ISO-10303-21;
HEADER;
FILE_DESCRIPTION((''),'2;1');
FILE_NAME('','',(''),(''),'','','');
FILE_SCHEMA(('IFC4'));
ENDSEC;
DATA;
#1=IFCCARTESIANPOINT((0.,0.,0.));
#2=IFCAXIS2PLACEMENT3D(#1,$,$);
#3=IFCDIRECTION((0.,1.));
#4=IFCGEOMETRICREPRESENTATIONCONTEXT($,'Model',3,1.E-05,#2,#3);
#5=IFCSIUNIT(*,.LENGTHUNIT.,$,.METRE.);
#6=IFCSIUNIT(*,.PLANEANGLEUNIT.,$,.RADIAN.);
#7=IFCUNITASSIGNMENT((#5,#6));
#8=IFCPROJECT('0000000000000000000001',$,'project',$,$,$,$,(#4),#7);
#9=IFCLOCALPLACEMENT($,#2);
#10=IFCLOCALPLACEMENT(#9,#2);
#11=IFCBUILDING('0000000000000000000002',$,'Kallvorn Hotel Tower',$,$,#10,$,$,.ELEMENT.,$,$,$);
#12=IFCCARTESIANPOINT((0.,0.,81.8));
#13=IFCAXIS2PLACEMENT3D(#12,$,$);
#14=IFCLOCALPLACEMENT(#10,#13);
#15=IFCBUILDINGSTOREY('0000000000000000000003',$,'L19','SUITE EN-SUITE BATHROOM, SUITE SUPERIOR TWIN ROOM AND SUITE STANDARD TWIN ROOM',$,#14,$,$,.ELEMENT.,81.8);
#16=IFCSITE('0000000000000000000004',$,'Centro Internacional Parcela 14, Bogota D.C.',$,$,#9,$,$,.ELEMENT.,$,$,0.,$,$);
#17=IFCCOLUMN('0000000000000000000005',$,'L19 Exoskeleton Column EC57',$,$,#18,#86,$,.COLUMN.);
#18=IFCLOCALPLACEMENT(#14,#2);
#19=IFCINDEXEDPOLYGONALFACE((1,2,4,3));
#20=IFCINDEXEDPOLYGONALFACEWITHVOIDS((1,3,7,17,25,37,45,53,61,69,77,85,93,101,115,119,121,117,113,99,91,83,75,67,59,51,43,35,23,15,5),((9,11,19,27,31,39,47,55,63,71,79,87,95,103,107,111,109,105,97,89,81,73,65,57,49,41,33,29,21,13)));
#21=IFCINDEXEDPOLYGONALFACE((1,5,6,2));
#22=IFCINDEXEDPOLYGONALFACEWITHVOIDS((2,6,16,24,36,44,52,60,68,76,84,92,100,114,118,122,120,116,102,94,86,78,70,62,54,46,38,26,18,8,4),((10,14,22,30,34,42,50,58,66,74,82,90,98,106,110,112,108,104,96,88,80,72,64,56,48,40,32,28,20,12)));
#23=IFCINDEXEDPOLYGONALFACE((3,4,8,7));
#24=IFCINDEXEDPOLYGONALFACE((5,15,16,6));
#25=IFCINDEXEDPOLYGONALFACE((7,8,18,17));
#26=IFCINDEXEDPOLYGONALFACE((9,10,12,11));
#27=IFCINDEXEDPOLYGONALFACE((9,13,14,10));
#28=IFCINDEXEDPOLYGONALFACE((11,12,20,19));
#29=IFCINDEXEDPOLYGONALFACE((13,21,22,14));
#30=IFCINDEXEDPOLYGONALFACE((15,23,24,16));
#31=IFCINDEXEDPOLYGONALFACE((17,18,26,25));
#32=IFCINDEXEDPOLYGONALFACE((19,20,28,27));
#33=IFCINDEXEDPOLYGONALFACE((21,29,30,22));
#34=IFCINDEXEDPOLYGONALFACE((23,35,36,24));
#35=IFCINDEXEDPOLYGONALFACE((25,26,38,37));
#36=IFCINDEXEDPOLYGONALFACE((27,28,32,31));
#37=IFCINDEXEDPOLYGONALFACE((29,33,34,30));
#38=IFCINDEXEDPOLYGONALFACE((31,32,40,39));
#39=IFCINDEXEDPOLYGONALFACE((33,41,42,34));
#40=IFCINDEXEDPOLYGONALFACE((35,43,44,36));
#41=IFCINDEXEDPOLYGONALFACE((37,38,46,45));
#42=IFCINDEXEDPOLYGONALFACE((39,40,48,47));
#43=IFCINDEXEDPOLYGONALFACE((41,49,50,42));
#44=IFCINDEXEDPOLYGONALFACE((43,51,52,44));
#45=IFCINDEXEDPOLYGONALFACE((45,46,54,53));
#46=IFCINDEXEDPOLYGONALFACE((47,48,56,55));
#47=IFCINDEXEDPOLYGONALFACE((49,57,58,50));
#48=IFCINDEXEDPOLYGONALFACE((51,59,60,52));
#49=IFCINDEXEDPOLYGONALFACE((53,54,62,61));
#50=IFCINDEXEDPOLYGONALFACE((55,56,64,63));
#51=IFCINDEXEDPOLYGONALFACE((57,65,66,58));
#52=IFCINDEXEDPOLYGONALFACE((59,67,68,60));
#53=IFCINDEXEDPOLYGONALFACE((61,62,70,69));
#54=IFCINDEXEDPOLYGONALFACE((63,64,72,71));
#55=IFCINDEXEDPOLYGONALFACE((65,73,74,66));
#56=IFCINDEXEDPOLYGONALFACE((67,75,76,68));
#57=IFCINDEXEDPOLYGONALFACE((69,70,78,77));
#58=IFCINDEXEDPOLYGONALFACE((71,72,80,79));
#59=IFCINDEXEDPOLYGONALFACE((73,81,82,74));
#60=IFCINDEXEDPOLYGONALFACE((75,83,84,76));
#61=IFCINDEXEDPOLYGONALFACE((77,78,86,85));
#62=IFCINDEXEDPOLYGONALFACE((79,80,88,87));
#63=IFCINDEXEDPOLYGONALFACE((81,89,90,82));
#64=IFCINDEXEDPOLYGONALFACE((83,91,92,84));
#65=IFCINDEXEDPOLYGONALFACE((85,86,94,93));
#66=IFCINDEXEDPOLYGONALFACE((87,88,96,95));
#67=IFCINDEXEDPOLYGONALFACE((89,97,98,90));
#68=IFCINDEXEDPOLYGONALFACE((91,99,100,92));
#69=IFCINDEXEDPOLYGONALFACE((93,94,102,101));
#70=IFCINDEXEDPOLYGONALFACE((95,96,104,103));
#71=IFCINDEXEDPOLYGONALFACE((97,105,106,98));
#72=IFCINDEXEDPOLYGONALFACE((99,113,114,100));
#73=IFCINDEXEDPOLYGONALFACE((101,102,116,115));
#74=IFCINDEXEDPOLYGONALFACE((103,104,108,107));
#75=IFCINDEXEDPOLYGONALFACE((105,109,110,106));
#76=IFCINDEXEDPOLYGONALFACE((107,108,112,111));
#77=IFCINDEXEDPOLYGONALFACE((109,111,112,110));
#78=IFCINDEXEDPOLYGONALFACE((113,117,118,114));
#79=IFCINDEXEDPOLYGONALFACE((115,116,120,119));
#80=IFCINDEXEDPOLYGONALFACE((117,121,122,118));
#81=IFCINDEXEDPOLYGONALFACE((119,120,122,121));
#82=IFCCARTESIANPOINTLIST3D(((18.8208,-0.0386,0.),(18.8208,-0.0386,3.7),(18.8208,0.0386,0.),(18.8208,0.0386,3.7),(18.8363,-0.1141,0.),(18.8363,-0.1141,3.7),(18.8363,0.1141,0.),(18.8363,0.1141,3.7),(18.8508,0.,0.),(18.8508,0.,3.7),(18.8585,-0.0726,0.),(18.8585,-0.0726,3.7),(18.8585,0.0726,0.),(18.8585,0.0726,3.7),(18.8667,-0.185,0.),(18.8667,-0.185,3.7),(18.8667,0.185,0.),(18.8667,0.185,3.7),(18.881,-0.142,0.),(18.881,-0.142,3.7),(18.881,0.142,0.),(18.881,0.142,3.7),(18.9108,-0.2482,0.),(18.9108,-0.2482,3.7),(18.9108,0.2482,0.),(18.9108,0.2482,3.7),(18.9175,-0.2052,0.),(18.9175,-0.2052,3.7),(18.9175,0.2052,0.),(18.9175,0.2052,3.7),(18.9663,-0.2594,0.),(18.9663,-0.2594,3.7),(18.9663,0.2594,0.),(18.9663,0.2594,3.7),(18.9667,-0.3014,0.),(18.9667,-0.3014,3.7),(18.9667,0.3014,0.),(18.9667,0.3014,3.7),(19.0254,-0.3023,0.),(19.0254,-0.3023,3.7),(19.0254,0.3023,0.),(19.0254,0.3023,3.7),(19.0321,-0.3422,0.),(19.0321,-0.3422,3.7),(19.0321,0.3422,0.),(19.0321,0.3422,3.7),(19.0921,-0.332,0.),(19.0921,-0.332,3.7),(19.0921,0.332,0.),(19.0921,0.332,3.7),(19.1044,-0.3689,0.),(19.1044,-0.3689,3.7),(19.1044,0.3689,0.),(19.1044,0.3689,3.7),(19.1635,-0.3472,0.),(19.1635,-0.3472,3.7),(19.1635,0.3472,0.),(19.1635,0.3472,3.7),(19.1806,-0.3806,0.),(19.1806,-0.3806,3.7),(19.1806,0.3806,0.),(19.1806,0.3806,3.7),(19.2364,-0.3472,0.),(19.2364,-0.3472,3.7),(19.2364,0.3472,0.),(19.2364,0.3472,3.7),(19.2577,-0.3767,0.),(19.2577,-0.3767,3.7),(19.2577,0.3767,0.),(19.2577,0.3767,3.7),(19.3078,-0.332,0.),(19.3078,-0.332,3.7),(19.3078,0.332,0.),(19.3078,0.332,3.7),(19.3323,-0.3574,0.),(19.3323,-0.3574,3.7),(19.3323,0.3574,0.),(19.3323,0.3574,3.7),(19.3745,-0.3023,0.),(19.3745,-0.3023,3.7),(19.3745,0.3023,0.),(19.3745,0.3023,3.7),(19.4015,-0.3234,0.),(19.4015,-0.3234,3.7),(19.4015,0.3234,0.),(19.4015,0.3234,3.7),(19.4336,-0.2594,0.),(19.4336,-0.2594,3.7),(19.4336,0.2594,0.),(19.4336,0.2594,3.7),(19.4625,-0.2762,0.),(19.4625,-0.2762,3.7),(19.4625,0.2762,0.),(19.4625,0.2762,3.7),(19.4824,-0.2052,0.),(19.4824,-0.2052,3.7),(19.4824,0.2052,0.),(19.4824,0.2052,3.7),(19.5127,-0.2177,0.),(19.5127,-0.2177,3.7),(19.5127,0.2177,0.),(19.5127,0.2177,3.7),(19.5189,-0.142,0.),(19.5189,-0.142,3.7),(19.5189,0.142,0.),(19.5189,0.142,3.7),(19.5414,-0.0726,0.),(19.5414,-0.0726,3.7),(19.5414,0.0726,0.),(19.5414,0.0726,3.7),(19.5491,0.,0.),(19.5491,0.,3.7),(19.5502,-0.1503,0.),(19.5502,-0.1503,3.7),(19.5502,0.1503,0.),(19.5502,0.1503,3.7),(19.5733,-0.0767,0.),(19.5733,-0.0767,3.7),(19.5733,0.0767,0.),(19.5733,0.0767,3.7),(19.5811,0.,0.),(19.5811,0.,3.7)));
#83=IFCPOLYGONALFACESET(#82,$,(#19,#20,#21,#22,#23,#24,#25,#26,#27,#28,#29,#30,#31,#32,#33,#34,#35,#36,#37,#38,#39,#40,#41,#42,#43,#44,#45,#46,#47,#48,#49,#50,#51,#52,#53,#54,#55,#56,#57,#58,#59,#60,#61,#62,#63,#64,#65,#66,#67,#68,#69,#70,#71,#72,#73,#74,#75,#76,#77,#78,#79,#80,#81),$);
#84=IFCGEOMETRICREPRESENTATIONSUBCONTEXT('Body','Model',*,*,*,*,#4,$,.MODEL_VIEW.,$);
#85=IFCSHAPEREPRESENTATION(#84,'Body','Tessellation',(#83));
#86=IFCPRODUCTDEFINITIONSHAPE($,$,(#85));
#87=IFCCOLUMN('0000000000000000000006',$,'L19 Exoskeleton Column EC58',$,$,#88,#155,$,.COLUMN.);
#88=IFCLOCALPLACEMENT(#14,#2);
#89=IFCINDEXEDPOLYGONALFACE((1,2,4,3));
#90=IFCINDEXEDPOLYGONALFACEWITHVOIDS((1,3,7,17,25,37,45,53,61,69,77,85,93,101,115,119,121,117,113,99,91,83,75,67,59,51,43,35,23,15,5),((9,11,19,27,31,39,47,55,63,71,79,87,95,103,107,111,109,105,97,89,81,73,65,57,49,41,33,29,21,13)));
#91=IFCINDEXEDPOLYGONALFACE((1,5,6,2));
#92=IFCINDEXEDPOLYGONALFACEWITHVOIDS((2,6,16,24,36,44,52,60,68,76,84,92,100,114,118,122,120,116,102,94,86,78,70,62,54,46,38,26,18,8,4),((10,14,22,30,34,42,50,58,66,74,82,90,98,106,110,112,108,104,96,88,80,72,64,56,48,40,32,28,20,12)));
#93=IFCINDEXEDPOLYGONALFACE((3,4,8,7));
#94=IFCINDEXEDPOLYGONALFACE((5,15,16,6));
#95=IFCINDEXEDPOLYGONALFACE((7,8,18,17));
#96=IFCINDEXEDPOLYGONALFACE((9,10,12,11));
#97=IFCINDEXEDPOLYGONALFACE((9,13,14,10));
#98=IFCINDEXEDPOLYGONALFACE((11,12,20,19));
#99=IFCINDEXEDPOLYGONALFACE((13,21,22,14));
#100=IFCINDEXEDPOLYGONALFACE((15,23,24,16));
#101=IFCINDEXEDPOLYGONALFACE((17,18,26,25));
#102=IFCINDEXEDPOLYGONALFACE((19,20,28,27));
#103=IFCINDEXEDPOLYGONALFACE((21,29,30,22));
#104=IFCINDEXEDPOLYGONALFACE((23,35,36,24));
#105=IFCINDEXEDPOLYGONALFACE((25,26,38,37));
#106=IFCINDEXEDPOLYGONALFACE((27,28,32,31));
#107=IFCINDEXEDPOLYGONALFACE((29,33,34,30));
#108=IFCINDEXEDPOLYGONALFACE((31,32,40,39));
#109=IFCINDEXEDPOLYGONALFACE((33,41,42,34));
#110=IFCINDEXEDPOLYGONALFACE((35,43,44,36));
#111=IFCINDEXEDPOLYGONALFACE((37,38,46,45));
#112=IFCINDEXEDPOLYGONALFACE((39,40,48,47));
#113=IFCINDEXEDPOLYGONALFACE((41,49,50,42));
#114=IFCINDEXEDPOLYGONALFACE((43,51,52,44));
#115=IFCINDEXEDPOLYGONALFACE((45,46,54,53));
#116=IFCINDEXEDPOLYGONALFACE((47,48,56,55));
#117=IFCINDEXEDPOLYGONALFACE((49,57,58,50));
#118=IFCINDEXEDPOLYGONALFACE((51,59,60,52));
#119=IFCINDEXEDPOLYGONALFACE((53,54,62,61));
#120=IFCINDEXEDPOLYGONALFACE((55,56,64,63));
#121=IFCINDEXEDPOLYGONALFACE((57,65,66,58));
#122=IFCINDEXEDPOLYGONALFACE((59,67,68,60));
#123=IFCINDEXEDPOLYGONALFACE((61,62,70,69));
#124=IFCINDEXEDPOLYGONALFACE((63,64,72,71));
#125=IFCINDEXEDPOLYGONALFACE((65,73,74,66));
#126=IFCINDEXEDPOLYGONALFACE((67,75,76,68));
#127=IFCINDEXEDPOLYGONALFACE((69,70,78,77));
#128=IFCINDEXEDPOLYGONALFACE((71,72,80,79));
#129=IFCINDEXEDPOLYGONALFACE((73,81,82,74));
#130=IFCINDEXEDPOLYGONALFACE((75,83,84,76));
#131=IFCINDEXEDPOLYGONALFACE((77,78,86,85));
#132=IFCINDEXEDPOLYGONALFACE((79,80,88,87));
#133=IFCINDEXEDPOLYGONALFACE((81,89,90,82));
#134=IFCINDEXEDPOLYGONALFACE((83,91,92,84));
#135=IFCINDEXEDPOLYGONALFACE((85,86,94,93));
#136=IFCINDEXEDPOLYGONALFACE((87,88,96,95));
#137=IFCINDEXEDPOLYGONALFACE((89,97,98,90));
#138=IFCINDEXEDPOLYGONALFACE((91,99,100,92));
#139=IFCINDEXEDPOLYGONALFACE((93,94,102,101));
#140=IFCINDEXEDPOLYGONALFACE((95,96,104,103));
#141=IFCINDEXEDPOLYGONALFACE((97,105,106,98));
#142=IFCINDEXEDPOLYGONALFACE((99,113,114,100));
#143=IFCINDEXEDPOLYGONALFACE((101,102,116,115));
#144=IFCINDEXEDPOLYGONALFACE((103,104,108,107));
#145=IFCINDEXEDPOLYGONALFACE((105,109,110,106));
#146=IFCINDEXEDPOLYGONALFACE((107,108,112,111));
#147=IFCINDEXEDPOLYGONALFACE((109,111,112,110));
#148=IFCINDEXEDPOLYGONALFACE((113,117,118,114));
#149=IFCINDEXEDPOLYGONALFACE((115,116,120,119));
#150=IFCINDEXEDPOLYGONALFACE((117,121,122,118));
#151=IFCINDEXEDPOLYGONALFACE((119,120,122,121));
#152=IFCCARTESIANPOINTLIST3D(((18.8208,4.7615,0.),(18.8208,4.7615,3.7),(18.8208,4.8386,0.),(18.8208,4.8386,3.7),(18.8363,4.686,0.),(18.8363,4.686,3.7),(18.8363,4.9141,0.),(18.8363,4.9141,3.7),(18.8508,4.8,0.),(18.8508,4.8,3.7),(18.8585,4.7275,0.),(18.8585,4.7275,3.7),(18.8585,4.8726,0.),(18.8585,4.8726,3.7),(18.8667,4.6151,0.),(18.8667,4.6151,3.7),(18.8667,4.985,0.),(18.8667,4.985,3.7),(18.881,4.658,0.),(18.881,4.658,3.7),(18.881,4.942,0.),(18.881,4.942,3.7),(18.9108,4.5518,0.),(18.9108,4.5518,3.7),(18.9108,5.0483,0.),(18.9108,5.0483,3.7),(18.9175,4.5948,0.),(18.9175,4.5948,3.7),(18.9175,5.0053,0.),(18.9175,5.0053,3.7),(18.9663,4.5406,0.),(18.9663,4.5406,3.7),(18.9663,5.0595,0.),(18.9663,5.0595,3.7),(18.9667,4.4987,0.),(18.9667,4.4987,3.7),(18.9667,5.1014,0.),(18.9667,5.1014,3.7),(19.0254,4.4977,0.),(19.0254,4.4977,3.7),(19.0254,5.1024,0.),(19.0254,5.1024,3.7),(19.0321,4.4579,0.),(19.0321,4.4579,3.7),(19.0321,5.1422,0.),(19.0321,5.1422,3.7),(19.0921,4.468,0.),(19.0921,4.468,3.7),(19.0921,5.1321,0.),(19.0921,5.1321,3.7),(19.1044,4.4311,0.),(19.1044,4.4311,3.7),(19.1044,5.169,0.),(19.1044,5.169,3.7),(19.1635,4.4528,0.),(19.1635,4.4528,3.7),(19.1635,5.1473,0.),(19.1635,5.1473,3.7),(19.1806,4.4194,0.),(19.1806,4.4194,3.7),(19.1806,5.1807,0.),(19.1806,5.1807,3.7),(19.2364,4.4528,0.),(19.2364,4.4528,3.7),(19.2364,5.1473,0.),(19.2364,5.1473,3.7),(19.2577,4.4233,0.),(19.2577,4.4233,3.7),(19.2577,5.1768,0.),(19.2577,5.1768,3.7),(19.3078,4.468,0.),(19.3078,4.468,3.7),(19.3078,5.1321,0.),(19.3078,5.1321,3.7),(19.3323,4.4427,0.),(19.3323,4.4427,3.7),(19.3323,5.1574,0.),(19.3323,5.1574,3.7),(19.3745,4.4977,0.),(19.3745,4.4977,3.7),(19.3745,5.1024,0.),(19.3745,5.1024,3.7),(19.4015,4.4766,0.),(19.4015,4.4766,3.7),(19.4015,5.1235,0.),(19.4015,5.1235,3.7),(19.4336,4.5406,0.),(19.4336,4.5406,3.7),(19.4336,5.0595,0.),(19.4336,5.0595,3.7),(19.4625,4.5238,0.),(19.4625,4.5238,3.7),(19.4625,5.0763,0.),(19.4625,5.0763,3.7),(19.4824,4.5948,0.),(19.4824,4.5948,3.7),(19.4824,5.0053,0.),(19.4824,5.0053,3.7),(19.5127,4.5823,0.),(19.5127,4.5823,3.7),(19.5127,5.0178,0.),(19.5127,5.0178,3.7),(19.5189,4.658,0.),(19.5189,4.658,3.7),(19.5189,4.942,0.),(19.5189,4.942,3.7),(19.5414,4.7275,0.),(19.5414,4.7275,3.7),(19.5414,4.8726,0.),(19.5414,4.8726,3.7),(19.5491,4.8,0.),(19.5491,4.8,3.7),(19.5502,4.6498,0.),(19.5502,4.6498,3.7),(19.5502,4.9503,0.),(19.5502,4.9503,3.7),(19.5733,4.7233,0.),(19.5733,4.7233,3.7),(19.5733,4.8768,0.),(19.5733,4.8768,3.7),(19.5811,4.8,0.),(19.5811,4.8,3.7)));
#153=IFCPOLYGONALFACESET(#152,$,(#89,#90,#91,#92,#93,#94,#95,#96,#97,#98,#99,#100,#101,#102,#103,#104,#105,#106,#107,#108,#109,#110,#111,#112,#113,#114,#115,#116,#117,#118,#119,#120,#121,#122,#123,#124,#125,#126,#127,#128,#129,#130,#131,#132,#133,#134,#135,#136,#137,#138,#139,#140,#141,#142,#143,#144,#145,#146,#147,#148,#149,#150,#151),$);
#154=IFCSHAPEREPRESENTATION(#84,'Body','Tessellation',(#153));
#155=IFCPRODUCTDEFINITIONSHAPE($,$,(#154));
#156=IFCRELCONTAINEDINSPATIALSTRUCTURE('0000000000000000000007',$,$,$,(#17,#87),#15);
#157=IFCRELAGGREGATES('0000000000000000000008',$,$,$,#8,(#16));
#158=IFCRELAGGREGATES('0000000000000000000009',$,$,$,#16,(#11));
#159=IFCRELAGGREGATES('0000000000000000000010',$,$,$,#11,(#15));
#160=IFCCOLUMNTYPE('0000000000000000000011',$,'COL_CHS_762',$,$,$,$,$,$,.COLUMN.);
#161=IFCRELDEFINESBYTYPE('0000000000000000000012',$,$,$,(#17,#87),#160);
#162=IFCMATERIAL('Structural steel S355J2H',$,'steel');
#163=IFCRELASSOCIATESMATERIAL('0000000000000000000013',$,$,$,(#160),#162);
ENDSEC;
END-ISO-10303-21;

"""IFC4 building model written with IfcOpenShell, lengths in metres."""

from ifc_helpers import new_model, si_unit, direction, frame, origin, origin_2d, place, context, subcontext, project, spatial, hollow_circle, extrude, material, material_profile, profile_set, type_object, element, save


model = new_model("IFC4")

# Units and contexts
model_context = context("Model", 3, precision=1e-05, world=origin(), true_north=direction((0.0, 1.0)))
body_context = subcontext(model_context, "Body", "Model", "MODEL_VIEW")
ifc_project = project(units=[si_unit("LENGTHUNIT", "METRE"), si_unit("PLANEANGLEUNIT", "RADIAN")], contexts=[model_context])

# Site, building, storey
site_placement = place(None, origin())
site = spatial("IfcSite", under=ifc_project, at=site_placement, Name="Centro Internacional Parcela 14, Bogota D.C.", CompositionType="ELEMENT", RefElevation=0.0)
building_placement = place(site_placement, origin())
building = spatial("IfcBuilding", under=site, at=building_placement, Name="Kallvorn Hotel Tower", CompositionType="ELEMENT")
storey_placement = place(building_placement, frame((0.0, 0.0, 81.8)))
storey = spatial("IfcBuildingStorey", under=building, at=storey_placement, Name="L19", Description="SUITE EN-SUITE BATHROOM, SUITE SUPERIOR TWIN ROOM AND SUITE STANDARD TWIN ROOM", CompositionType="ELEMENT", Elevation=81.8)

# Columns
ifc_material_1 = material(Name="Structural steel S355J2H", Category="steel")
ifc_material_profile_1 = material_profile(ifc_material_1, hollow_circle(Radius=0.3811, WallThickness=0.032, at=origin_2d()), Name="CHS 762x32")
ifc_profile_set_1 = profile_set([ifc_material_profile_1], Name="Structural steel S355J2H")
column_type_1 = type_object("IfcColumnType", Name="COL_CHS_762", PredefinedType="COLUMN", material=ifc_profile_set_1)
for number, where, z_axis, x_axis, name in (
    (1, (19.2, 0.0, 0.0), (0.0, 0.0, 1.0), (1.0, 0.0, 0.0), "L19 Exoskeleton Column EC57"),
    (2, (19.2, 4.8, 0.0), (0.0, 0.0, 1.0), (1.0, 0.0, 0.0), "L19 Exoskeleton Column EC58"),
):
    element("IfcColumn", number, at=place(storey_placement, frame(where, z_axis=z_axis, x_axis=x_axis)), inside=storey, type_object=column_type_1, Name=name, PredefinedType="COLUMN", context=body_context, shape_type="SweptSolid", body=[
        extrude(hollow_circle(Radius=0.3811, WallThickness=0.032, at=origin_2d()), origin(), (0.0, 0.0, 1.0), 3.7),
    ])

save(model, "model.ifc")
